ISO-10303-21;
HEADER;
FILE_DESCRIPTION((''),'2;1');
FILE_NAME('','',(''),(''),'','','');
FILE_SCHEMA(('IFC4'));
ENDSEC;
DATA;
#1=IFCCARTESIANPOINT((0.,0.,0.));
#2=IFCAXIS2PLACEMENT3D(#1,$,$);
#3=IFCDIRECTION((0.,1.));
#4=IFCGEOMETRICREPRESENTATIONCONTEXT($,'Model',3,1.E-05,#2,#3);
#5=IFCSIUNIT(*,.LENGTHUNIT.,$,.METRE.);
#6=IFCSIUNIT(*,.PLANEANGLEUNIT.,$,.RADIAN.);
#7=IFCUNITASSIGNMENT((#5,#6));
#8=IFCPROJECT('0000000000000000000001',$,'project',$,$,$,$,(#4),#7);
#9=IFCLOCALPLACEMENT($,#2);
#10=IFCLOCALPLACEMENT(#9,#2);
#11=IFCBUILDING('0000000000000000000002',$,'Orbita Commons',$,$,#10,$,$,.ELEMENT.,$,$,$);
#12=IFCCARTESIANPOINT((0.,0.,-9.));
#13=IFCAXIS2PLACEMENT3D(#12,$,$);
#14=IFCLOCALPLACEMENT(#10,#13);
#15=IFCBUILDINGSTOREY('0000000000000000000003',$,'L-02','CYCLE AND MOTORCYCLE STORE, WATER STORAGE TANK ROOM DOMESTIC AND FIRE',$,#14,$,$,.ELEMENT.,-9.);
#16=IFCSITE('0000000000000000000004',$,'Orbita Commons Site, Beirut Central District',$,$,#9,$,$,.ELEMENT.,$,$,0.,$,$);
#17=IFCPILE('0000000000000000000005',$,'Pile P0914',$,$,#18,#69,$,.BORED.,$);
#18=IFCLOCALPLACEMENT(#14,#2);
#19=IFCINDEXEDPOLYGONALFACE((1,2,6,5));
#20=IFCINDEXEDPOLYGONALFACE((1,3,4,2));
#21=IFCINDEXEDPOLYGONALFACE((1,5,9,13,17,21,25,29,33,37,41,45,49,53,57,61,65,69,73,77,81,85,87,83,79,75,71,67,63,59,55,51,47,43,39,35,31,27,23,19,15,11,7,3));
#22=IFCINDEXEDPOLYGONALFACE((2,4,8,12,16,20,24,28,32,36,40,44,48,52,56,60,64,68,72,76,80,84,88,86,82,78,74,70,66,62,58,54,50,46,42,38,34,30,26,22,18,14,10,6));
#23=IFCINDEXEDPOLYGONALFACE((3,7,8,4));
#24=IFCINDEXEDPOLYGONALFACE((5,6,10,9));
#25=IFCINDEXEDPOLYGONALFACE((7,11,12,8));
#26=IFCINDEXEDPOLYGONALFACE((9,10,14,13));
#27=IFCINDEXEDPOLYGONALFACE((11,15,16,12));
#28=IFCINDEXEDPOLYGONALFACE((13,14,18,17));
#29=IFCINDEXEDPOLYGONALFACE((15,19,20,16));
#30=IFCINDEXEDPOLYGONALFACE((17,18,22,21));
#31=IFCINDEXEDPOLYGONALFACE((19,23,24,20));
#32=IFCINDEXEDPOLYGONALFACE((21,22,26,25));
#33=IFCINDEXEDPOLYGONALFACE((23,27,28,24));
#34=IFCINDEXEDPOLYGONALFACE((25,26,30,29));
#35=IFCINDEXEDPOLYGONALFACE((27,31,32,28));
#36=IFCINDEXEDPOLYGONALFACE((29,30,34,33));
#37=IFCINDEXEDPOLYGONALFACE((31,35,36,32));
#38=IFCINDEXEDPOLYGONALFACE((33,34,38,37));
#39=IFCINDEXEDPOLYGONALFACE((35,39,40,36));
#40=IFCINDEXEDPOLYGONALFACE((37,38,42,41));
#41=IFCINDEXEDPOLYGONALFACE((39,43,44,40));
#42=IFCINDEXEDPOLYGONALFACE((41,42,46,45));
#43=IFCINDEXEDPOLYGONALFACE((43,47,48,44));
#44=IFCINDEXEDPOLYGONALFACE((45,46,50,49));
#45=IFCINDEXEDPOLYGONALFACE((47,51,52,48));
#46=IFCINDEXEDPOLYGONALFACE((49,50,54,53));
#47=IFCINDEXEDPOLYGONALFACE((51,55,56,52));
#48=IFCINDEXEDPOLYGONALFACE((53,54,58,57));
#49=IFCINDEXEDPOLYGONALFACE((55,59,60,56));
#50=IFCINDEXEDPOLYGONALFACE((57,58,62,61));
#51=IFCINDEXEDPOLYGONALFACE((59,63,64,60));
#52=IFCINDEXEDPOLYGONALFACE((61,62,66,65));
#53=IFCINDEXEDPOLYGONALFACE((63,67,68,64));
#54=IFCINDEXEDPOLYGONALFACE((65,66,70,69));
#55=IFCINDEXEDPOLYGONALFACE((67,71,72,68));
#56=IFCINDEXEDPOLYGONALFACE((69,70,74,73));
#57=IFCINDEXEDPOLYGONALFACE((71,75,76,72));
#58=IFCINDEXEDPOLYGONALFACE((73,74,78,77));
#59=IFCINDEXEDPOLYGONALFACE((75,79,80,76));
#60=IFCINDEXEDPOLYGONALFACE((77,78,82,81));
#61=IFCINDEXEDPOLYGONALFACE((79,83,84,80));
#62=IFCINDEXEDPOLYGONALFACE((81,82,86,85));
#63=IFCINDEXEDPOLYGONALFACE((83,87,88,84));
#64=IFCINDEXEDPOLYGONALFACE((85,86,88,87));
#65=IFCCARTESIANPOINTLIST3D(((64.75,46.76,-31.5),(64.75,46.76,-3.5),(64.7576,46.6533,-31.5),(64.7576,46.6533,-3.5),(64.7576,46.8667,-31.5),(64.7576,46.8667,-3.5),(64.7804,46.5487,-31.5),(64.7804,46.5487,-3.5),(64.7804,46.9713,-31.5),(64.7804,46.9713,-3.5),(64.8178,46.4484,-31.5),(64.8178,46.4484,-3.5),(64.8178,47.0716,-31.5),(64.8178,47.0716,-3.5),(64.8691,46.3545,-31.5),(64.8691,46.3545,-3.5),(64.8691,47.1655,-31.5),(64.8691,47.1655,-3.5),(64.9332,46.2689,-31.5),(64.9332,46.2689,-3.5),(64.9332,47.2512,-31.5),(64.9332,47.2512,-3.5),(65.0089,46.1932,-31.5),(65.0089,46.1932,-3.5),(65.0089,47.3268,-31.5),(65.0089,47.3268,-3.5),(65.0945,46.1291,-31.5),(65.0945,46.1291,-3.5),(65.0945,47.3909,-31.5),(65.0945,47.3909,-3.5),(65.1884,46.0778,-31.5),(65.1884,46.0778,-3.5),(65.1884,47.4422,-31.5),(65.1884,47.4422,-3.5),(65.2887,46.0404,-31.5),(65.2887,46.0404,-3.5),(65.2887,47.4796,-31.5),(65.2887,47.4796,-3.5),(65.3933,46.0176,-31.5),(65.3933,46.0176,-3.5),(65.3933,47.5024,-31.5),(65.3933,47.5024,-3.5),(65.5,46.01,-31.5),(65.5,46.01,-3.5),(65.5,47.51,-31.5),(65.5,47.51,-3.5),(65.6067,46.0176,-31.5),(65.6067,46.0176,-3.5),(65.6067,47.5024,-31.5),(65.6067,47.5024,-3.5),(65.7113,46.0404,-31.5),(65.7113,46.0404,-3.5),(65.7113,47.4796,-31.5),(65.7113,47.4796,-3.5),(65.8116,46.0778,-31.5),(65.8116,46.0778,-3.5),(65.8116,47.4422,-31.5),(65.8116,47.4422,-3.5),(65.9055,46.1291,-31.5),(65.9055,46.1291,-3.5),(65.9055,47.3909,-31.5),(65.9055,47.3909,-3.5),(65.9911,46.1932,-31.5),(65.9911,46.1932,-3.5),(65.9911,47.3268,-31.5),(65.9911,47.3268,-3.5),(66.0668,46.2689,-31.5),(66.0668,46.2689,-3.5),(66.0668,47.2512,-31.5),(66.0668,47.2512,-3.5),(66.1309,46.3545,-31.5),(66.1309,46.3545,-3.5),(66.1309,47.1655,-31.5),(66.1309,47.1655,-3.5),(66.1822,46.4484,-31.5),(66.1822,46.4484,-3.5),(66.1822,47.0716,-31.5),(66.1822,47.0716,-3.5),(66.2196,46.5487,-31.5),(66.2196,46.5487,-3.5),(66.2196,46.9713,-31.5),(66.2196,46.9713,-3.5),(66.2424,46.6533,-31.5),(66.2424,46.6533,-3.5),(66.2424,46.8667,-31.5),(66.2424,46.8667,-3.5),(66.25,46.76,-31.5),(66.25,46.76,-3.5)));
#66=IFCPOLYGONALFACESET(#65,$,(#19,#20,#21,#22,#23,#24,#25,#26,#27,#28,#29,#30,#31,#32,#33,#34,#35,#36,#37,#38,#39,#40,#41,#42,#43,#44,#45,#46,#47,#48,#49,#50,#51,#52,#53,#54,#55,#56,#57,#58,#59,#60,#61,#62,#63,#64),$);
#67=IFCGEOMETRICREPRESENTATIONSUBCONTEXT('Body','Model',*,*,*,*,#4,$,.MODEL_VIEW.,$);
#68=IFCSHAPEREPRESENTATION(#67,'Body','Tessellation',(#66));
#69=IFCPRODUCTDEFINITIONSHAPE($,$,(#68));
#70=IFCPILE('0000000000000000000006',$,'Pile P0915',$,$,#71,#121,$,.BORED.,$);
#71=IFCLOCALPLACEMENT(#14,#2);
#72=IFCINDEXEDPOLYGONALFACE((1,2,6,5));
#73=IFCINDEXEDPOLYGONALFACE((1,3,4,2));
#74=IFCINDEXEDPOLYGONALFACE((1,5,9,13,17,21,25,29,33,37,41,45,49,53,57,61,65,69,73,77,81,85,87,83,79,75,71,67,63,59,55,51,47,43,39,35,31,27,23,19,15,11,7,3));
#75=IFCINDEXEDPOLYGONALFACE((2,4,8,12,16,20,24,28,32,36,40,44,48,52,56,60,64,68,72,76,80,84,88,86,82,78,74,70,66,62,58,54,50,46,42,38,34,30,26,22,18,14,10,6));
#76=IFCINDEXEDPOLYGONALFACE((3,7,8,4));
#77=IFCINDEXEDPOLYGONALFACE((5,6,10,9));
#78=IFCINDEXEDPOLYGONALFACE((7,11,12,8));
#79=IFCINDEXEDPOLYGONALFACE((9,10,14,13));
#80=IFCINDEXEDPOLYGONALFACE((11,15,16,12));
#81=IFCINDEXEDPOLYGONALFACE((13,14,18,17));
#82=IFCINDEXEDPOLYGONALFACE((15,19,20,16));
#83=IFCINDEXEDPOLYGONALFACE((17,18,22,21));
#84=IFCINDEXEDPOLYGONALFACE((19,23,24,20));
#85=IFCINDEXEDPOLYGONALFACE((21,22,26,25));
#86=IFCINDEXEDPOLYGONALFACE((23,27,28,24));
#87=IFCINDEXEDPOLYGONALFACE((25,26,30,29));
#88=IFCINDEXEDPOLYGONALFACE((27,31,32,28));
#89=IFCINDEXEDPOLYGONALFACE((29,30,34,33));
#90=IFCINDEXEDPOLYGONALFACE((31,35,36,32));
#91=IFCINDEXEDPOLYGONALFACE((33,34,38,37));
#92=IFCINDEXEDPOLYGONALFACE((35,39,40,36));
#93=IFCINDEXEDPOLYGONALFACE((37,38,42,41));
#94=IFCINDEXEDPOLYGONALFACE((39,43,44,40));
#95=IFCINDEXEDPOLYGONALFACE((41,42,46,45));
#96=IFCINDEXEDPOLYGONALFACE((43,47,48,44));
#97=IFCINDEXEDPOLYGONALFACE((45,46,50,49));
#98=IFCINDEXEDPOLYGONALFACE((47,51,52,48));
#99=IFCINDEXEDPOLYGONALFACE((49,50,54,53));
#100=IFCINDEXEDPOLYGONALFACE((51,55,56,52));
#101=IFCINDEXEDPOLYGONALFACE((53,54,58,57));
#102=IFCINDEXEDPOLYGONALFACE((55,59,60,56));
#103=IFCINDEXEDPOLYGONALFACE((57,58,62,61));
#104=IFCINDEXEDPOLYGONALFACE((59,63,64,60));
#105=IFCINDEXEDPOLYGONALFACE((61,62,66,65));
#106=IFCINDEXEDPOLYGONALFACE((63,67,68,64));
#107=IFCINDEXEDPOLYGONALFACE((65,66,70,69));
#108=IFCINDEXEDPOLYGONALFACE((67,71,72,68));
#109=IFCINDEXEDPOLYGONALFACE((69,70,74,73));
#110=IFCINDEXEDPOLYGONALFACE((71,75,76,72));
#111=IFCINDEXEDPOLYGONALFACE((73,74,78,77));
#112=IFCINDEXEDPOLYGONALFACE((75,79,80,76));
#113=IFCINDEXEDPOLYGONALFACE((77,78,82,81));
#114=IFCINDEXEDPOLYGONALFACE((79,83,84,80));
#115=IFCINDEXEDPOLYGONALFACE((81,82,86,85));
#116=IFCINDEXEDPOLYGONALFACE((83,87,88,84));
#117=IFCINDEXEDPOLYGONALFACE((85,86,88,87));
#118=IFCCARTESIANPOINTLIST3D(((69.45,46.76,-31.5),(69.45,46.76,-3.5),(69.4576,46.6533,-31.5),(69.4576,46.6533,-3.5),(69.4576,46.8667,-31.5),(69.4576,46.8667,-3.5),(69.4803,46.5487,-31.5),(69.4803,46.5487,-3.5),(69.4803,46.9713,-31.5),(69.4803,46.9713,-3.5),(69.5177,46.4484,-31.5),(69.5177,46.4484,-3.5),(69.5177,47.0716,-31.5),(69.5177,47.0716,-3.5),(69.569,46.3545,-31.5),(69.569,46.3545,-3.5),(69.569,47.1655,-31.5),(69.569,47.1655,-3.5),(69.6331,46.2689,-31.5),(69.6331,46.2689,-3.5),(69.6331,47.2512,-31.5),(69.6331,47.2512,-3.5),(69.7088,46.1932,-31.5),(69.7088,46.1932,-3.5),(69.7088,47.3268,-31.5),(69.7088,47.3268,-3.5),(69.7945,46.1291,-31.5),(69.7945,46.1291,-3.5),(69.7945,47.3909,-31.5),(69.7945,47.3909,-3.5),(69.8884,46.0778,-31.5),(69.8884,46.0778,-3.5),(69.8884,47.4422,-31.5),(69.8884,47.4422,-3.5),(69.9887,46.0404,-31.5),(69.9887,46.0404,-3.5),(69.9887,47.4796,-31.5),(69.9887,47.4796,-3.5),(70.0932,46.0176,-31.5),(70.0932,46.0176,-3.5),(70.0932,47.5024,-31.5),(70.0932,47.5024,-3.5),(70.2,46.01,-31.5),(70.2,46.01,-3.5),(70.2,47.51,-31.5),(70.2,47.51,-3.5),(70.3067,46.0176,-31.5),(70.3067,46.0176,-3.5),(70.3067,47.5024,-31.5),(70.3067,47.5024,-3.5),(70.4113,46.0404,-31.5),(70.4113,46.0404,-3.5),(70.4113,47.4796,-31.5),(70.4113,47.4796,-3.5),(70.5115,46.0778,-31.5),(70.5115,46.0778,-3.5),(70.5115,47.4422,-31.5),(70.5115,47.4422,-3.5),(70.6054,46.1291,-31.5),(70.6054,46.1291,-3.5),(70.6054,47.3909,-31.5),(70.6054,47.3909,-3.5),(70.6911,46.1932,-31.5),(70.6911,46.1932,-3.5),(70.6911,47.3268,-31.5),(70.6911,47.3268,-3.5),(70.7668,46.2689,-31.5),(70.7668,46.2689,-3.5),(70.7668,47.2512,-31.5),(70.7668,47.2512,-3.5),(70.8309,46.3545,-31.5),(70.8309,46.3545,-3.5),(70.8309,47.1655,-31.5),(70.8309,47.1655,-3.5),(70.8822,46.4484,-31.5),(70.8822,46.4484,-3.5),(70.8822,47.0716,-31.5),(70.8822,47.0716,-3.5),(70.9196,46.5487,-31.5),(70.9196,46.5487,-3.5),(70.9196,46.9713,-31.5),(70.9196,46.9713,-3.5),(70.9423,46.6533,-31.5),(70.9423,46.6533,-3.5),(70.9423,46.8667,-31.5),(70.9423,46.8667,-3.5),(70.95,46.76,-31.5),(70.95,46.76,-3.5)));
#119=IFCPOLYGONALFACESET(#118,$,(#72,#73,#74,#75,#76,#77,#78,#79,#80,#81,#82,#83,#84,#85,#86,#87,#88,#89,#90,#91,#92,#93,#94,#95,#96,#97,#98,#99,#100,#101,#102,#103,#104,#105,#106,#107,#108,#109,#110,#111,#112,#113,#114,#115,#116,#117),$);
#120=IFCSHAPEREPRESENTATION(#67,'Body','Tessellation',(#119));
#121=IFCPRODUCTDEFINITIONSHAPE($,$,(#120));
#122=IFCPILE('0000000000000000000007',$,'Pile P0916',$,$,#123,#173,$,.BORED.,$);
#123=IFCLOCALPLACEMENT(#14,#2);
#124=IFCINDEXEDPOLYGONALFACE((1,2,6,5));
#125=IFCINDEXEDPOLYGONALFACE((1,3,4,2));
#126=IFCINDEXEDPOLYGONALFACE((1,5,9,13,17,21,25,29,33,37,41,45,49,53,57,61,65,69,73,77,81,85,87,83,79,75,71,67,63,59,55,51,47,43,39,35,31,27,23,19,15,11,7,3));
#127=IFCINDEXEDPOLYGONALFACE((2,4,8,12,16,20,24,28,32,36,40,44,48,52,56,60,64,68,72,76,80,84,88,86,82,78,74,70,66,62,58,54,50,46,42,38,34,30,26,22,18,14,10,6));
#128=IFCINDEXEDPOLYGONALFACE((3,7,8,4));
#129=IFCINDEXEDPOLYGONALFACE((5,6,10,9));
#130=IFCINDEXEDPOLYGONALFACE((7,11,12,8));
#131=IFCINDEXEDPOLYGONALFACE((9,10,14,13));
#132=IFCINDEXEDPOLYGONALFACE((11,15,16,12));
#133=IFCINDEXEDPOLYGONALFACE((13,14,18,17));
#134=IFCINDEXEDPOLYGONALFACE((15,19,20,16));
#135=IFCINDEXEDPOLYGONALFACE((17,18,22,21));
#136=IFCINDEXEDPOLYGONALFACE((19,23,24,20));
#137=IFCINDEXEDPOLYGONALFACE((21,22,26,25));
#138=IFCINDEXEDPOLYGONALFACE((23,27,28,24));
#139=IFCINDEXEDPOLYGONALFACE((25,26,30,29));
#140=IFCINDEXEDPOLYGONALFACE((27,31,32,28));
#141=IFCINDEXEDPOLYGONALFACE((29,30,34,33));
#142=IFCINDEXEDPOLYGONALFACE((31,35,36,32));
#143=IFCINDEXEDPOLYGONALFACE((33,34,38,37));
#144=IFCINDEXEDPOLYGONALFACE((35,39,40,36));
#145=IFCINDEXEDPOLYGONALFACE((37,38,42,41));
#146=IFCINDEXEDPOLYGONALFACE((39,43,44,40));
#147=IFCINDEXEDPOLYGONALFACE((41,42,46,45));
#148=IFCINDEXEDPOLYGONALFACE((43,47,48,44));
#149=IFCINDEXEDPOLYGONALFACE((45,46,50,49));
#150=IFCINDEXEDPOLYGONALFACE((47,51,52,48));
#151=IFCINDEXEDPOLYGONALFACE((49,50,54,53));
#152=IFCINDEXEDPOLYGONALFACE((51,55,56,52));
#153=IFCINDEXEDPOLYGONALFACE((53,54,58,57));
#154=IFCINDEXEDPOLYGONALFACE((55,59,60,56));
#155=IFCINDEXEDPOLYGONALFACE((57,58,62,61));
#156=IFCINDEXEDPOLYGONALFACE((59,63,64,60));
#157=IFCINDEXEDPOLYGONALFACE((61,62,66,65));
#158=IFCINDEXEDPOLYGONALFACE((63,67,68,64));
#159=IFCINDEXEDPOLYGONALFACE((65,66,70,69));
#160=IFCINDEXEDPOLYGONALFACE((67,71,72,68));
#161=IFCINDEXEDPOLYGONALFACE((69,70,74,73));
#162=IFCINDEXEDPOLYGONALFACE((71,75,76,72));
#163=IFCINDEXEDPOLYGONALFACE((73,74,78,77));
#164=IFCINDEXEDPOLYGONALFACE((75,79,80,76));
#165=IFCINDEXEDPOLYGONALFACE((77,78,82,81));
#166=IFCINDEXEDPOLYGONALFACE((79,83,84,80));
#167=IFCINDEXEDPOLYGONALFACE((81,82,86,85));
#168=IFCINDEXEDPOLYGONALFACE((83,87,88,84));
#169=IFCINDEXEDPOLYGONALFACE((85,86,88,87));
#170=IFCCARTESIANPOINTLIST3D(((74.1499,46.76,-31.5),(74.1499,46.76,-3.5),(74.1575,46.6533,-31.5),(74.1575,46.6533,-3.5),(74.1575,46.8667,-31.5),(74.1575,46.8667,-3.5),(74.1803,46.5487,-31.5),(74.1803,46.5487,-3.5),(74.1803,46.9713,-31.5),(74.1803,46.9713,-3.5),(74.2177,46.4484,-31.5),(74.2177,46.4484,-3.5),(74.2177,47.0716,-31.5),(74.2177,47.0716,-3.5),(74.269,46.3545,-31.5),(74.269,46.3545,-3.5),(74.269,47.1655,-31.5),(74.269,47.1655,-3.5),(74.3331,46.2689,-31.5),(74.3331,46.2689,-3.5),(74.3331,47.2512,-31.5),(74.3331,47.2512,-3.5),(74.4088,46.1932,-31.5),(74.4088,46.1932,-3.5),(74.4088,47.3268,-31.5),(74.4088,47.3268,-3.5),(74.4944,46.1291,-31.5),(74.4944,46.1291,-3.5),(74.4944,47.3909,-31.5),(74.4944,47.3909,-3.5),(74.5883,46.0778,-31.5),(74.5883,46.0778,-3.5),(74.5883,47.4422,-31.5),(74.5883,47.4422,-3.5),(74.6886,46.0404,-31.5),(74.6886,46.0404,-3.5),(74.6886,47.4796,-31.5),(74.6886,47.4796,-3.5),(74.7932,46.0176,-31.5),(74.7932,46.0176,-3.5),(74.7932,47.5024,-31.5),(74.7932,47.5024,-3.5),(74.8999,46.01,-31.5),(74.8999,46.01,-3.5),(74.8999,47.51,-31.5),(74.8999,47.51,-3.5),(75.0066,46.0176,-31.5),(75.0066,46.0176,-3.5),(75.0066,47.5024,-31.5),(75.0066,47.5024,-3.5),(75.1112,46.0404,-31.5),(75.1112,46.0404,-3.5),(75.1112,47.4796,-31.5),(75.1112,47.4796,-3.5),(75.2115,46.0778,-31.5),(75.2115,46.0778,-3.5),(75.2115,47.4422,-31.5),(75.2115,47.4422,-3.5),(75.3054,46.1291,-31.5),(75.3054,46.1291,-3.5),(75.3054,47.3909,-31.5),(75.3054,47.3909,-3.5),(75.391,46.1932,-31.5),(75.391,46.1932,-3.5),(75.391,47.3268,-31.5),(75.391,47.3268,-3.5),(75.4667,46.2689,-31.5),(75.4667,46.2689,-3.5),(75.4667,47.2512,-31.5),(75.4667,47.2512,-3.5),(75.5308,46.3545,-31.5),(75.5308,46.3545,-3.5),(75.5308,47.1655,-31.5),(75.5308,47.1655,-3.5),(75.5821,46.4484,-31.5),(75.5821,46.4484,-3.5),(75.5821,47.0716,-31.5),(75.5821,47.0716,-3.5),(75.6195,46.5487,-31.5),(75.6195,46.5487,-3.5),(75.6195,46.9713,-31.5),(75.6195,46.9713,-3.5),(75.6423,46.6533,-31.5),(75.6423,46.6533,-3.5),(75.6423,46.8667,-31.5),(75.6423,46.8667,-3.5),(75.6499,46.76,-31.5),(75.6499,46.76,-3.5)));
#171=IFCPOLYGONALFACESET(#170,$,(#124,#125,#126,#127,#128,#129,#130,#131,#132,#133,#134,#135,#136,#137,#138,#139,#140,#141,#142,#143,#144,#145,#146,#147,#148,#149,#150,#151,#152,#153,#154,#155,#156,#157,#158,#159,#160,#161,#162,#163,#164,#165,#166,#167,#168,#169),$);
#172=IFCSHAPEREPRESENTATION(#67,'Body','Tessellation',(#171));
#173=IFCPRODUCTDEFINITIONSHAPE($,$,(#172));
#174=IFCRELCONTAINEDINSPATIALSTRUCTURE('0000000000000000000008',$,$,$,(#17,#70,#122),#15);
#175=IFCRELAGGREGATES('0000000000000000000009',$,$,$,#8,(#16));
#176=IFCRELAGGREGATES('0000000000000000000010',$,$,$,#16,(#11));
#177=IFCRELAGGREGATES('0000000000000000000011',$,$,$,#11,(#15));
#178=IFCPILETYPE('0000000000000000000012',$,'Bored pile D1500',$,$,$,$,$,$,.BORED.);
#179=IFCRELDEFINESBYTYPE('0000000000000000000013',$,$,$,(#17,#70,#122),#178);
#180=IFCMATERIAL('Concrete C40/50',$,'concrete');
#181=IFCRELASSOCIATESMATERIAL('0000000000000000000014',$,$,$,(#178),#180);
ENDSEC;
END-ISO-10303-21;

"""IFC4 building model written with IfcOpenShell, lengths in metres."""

from ifc_helpers import new_model, si_unit, direction, frame, origin, origin_2d, place, context, subcontext, project, spatial, circle, extrude, material, material_profile, profile_set, type_object, element, save


model = new_model("IFC4")

# Units and contexts
model_context = context("Model", 3, precision=1e-05, world=origin(), true_north=direction((0.0, 1.0)))
body_context = subcontext(model_context, "Body", "Model", "MODEL_VIEW")
ifc_project = project(units=[si_unit("LENGTHUNIT", "METRE"), si_unit("PLANEANGLEUNIT", "RADIAN")], contexts=[model_context])

# Site, building, storey
site_placement = place(None, origin())
site = spatial("IfcSite", under=ifc_project, at=site_placement, Name="Orbita Commons Site, Beirut Central District", CompositionType="ELEMENT", RefElevation=0.0)
building_placement = place(site_placement, origin())
building = spatial("IfcBuilding", under=site, at=building_placement, Name="Orbita Commons", CompositionType="ELEMENT")
storey_placement = place(building_placement, frame((0.0, 0.0, -9.0)))
storey = spatial("IfcBuildingStorey", under=building, at=storey_placement, Name="L-02", Description="CYCLE AND MOTORCYCLE STORE, WATER STORAGE TANK ROOM DOMESTIC AND FIRE", CompositionType="ELEMENT", Elevation=-9.0)

# Piles
ifc_material_1 = material(Name="Concrete C40/50", Category="concrete")
ifc_material_profile_1 = material_profile(ifc_material_1, circle(Radius=0.75, at=origin_2d()), Name="RC D1500")
ifc_profile_set_1 = profile_set([ifc_material_profile_1], Name="Concrete C40/50")
pile_type = type_object("IfcPileType", Name="Bored pile D1500", PredefinedType="BORED", material=ifc_profile_set_1)
for number, where, z_axis, x_axis, name in (
    (1, (65.5, 46.76, -3.5), (0.0, 0.0, -1.0), (1.0, 0.0, 0.0), "Pile P0914"),
    (2, (70.2, 46.76, -3.5), (0.0, 0.0, -1.0), (1.0, 0.0, 0.0), "Pile P0915"),
    (3, (74.8999, 46.76, -3.5), (0.0, 0.0, -1.0), (1.0, 0.0, 0.0), "Pile P0916"),
):
    element("IfcPile", number, at=place(storey_placement, frame(where, z_axis=z_axis, x_axis=x_axis)), inside=storey, type_object=pile_type, Name=name, PredefinedType="BORED", context=body_context, shape_type="SweptSolid", body=[
        extrude(circle(Radius=0.75, at=origin_2d()), origin(), (0.0, 0.0, 1.0), 28.0),
    ])

save(model, "model.ifc")
